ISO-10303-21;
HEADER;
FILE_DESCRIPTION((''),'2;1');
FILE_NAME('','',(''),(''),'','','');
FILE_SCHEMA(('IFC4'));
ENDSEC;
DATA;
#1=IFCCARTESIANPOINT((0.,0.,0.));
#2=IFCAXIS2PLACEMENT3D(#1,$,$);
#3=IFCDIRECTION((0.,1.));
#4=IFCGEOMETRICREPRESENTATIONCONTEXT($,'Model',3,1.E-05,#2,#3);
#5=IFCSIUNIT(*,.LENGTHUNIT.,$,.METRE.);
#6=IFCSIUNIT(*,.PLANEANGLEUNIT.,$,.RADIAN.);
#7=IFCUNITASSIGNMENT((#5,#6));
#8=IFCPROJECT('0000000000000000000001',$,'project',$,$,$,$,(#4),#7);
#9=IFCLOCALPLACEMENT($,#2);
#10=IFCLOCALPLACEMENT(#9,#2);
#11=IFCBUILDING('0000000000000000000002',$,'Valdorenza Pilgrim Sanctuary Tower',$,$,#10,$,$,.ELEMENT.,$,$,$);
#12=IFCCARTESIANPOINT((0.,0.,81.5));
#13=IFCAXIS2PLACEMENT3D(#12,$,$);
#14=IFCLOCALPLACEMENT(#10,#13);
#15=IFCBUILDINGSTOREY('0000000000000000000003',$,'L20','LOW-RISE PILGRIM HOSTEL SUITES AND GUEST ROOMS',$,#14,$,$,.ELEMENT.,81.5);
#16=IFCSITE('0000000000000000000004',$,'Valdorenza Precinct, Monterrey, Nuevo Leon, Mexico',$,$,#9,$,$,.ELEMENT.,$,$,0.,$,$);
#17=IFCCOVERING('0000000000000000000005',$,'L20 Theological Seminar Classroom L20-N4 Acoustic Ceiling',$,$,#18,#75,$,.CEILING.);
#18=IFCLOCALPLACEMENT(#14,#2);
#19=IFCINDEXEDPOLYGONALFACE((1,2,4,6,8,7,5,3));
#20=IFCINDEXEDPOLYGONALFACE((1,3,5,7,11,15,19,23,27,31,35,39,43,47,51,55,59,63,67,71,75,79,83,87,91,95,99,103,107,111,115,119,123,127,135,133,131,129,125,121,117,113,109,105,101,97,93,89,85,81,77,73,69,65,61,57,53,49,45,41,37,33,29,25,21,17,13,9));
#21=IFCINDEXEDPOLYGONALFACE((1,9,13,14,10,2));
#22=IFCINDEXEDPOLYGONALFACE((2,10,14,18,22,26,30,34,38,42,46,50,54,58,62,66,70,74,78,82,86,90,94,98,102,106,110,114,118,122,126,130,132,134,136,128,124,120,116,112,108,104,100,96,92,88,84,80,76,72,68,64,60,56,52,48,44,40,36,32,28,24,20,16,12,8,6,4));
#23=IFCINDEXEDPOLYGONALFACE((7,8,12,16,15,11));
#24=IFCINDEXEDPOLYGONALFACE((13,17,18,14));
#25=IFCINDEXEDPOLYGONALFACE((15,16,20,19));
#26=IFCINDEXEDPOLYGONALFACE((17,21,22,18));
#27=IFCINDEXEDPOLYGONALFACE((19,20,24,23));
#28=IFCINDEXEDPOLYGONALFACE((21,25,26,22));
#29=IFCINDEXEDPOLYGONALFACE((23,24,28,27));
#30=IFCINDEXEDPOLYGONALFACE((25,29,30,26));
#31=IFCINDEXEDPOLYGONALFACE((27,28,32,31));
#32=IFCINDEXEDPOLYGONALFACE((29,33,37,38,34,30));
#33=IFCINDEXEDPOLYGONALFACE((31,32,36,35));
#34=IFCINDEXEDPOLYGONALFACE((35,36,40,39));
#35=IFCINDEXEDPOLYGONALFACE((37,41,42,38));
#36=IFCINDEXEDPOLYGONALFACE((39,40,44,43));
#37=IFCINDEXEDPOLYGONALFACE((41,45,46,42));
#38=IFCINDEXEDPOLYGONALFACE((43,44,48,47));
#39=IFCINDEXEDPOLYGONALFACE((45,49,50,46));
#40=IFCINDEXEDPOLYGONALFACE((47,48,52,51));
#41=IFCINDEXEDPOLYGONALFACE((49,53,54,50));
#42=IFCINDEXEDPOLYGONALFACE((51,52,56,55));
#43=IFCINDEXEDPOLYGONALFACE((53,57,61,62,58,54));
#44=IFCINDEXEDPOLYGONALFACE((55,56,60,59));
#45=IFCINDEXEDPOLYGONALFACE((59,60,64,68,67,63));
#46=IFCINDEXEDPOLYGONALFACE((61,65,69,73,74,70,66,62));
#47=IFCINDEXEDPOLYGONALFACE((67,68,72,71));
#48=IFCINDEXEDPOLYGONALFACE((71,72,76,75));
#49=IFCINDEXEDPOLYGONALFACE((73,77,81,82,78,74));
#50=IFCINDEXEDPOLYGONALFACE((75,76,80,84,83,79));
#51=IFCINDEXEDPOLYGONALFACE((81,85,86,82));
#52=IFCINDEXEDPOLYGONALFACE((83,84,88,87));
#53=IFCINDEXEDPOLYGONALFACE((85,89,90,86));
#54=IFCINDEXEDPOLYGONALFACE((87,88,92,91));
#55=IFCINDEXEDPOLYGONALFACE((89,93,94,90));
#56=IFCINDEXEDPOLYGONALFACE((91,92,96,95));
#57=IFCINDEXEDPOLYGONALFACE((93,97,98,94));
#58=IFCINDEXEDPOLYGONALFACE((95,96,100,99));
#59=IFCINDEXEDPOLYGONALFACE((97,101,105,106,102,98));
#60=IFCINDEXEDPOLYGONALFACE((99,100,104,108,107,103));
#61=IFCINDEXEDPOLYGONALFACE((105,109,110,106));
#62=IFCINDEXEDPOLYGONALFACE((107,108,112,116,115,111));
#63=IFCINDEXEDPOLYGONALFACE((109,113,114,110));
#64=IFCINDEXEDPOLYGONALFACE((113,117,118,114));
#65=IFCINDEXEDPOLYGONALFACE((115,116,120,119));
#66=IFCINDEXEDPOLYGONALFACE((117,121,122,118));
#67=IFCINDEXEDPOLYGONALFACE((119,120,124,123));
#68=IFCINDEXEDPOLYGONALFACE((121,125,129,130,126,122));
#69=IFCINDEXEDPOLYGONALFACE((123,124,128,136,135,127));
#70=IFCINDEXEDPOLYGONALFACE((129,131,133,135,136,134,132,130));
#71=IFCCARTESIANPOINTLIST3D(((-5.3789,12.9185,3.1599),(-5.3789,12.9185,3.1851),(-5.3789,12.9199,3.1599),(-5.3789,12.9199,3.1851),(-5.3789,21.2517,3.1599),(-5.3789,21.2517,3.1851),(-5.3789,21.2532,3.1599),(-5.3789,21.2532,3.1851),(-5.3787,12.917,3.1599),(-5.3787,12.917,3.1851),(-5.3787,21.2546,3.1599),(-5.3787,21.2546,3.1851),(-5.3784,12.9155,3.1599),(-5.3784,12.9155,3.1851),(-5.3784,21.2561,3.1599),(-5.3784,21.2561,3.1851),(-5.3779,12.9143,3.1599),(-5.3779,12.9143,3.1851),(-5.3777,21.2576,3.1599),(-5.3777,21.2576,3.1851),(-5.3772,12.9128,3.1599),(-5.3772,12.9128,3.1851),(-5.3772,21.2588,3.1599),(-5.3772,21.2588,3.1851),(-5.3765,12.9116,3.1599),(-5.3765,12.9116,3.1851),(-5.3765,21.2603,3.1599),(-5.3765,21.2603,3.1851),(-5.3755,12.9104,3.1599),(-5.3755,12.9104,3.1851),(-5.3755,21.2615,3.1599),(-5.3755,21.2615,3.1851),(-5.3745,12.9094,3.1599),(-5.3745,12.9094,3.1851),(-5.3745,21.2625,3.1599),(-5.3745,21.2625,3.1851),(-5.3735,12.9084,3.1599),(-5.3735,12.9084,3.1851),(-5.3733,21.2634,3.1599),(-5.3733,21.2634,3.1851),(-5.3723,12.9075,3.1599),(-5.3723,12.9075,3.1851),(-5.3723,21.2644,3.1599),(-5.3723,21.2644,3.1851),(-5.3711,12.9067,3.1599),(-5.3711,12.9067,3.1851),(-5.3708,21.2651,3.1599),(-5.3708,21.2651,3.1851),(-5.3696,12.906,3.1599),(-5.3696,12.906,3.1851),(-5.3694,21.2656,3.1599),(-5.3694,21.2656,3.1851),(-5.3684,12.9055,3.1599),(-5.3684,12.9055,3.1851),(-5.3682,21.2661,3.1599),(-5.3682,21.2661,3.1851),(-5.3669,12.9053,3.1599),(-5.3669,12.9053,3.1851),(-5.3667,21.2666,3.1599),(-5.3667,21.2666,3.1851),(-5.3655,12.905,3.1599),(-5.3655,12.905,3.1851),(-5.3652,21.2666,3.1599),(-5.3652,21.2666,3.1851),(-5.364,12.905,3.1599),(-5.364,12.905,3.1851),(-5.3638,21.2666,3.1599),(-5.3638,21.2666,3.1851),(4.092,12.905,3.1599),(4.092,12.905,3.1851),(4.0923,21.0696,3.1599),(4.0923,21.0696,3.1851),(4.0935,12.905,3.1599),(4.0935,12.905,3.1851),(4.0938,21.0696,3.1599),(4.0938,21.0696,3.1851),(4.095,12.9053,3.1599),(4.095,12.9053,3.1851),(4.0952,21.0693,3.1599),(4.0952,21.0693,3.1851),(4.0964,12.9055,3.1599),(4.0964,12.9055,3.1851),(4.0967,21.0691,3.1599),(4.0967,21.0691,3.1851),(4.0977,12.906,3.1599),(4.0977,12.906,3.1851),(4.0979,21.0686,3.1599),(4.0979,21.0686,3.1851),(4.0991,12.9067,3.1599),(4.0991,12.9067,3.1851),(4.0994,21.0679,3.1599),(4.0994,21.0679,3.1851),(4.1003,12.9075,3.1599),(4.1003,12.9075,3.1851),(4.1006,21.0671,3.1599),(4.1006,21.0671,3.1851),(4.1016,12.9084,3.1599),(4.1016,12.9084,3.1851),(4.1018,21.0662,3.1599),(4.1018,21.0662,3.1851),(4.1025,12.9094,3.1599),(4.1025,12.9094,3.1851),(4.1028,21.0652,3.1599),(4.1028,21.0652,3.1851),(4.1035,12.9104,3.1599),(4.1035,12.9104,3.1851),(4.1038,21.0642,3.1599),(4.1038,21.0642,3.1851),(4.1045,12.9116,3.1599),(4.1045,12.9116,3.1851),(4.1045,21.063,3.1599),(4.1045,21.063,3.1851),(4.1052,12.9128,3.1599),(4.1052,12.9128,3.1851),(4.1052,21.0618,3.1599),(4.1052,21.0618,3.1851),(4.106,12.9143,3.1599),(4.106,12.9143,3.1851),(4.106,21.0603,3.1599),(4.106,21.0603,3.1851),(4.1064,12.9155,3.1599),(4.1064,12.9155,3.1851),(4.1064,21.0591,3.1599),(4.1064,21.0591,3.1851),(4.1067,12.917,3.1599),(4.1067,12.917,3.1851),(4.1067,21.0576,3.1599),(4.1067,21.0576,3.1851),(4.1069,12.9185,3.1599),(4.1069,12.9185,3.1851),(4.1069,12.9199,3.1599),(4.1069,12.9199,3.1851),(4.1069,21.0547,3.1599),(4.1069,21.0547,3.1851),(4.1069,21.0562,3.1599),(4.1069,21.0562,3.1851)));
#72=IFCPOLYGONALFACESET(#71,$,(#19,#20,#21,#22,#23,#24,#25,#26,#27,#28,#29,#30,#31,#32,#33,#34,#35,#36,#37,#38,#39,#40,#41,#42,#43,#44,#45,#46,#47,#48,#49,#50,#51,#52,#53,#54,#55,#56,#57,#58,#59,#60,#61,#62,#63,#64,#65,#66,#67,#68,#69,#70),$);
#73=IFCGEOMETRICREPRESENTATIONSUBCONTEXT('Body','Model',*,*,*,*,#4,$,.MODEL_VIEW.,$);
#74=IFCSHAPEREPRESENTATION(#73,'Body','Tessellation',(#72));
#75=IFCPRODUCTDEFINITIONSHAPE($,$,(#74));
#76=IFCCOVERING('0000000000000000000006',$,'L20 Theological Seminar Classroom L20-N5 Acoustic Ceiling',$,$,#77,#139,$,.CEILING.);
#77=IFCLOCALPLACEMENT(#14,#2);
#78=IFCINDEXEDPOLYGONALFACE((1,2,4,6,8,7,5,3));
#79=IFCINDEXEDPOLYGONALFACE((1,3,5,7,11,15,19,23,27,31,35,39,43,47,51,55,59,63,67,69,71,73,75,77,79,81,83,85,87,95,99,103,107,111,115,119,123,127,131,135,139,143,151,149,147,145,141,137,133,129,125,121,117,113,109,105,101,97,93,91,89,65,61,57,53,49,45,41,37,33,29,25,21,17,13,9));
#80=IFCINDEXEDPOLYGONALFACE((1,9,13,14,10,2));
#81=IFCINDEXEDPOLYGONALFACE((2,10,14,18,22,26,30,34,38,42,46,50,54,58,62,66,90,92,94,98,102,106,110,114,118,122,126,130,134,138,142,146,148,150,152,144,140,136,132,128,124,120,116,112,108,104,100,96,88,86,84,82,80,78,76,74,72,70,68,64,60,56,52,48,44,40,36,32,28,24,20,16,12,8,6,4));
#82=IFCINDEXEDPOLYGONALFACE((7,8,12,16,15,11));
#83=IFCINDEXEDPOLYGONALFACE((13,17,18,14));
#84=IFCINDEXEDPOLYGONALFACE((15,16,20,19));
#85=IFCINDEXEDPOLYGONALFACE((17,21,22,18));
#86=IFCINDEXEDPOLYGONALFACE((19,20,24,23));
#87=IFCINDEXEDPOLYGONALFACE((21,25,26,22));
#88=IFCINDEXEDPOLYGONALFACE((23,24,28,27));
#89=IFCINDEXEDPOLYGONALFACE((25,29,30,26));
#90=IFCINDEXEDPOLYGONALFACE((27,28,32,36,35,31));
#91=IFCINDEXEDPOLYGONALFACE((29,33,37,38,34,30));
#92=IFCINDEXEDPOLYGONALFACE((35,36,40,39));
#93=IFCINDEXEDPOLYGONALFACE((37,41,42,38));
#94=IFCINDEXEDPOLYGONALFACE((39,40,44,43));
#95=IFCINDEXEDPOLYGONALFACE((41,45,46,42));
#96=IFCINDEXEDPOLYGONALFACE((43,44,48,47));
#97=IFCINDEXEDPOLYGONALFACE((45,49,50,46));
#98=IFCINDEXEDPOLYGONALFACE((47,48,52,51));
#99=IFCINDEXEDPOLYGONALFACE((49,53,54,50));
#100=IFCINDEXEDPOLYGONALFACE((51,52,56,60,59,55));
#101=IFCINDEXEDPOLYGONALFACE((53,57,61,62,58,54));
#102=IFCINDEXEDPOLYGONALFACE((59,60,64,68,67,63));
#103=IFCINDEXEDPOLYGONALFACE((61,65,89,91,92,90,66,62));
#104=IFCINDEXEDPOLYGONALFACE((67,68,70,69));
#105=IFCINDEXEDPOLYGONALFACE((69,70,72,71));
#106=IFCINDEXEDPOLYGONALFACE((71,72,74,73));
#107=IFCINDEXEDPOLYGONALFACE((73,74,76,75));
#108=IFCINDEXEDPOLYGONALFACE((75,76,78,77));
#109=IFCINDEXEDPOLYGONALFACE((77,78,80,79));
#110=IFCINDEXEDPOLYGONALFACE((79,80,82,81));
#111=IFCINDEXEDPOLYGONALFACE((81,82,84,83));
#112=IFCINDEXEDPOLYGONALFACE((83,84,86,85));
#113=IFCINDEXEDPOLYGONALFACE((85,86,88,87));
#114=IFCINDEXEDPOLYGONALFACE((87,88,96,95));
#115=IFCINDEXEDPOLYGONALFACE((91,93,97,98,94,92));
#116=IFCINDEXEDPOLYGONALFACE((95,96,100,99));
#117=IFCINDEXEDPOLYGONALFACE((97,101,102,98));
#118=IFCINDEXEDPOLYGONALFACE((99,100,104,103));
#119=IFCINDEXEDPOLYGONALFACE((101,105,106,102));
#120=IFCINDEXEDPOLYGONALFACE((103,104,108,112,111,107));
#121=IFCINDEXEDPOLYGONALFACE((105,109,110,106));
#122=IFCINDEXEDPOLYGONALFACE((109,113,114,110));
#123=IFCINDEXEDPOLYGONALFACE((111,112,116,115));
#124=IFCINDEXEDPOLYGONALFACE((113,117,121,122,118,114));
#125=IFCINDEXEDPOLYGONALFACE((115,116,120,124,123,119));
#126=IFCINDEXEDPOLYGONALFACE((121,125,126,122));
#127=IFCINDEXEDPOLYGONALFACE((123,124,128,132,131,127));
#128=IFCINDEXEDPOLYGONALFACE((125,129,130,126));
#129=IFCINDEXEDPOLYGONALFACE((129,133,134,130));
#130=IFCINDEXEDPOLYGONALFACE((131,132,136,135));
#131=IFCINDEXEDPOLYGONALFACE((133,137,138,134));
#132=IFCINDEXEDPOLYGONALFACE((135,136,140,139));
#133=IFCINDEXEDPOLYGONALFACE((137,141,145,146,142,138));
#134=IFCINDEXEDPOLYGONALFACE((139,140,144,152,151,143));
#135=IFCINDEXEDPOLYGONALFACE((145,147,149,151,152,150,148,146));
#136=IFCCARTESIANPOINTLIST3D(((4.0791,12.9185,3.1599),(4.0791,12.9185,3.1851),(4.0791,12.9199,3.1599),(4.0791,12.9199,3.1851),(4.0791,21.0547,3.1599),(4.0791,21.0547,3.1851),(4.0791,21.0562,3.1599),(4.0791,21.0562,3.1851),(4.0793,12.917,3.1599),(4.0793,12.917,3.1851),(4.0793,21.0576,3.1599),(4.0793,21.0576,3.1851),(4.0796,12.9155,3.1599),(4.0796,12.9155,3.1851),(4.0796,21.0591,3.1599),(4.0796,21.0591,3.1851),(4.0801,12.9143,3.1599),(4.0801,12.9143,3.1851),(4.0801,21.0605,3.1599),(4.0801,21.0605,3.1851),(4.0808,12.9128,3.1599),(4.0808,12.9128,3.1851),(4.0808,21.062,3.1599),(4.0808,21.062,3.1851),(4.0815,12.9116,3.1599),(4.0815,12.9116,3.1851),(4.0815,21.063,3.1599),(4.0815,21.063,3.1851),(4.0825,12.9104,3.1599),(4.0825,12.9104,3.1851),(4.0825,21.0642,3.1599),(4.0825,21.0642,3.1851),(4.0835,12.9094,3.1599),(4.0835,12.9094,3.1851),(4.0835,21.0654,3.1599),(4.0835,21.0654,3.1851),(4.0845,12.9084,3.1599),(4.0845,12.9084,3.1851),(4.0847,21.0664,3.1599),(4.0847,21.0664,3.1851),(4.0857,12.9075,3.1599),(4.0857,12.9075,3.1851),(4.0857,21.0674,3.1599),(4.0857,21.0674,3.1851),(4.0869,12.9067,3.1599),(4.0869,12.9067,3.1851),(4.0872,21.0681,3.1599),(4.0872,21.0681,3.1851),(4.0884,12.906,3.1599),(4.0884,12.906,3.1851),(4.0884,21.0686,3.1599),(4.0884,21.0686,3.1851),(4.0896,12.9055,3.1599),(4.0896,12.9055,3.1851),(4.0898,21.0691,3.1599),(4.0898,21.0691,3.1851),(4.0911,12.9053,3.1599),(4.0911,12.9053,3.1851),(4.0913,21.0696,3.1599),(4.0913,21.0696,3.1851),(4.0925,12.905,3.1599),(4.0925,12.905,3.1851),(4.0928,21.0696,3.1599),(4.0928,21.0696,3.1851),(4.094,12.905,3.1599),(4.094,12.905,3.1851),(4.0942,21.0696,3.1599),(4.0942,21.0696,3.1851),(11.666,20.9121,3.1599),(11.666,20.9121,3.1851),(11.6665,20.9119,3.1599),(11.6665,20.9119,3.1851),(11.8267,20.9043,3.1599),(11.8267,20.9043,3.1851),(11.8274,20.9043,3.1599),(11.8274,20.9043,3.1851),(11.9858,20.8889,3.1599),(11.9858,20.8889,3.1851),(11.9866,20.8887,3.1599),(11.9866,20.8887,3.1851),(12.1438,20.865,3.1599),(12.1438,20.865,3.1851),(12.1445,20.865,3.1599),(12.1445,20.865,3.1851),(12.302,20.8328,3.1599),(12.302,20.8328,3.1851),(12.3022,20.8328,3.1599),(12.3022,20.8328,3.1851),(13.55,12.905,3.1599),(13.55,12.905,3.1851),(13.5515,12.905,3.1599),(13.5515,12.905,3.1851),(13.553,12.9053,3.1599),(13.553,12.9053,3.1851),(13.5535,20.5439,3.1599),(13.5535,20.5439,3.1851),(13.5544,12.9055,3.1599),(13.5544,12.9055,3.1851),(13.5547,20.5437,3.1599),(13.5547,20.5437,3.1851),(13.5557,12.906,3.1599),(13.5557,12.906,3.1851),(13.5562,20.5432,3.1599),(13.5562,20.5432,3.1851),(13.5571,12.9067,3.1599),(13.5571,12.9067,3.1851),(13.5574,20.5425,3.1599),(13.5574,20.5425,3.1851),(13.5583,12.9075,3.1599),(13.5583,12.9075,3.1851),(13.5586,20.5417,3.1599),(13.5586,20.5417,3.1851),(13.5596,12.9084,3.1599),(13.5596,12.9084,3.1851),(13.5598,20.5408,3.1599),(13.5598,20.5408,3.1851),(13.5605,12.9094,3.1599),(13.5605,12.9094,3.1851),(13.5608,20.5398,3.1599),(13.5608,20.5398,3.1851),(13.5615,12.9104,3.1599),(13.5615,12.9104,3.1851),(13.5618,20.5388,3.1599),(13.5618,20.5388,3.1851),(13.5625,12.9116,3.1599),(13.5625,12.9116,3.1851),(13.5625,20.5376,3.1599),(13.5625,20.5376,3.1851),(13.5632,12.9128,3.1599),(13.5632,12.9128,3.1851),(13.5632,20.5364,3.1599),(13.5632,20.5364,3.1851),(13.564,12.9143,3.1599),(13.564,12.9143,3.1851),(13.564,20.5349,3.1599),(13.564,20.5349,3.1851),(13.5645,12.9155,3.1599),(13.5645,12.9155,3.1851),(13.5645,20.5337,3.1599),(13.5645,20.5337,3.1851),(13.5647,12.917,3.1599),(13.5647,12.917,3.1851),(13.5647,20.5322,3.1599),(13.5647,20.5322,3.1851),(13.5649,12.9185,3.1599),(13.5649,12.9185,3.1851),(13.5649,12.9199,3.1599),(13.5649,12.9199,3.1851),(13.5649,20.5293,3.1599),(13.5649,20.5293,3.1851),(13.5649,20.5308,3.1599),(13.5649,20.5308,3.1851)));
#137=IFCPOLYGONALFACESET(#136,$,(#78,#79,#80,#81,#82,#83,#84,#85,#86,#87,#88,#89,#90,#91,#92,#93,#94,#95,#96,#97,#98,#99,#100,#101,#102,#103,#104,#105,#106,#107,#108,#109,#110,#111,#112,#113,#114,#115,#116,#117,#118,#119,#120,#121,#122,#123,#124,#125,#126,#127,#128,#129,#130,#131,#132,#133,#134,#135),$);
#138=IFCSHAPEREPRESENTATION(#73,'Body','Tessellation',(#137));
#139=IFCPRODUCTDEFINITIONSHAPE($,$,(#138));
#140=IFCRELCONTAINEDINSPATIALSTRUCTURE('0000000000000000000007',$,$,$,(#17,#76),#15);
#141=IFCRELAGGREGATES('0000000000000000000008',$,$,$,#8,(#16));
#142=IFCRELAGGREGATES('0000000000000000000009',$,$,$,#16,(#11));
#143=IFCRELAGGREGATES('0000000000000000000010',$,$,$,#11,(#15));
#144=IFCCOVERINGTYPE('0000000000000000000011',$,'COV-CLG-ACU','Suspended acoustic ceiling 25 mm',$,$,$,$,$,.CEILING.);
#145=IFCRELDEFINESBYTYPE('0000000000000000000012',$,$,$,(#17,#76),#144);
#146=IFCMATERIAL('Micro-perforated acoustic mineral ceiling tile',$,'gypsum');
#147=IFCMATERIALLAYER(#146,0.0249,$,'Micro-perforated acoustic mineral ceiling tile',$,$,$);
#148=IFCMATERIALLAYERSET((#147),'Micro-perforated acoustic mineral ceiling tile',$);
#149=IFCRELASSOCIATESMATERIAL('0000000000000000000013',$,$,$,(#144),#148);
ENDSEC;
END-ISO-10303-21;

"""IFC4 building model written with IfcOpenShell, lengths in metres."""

from ifc_helpers import new_model, si_unit, direction, frame, origin, place, context, subcontext, project, spatial, polyline, outline, extrude, material, layer, layer_set, type_object, element, save


model = new_model("IFC4")

# Units and contexts
model_context = context("Model", 3, precision=1e-05, world=origin(), true_north=direction((0.0, 1.0)))
body_context = subcontext(model_context, "Body", "Model", "MODEL_VIEW")
ifc_project = project(units=[si_unit("LENGTHUNIT", "METRE"), si_unit("PLANEANGLEUNIT", "RADIAN")], contexts=[model_context])

# Site, building, storey
site_placement = place(None, origin())
site = spatial("IfcSite", under=ifc_project, at=site_placement, Name="Valdorenza Precinct, Monterrey, Nuevo Leon, Mexico", CompositionType="ELEMENT", RefElevation=0.0)
building_placement = place(site_placement, origin())
building = spatial("IfcBuilding", under=site, at=building_placement, Name="Valdorenza Pilgrim Sanctuary Tower", CompositionType="ELEMENT")
storey_placement = place(building_placement, frame((0.0, 0.0, 81.5)))
storey = spatial("IfcBuildingStorey", under=building, at=storey_placement, Name="L20", Description="LOW-RISE PILGRIM HOSTEL SUITES AND GUEST ROOMS", CompositionType="ELEMENT", Elevation=81.5)

# Coverings
ifc_material_1 = material(Name="Micro-perforated acoustic mineral ceiling tile", Category="gypsum")
ifc_layer_1 = layer(ifc_material_1, 0.0249, Name="Micro-perforated acoustic mineral ceiling tile")
ifc_layer_set_1 = layer_set([ifc_layer_1], Name="Micro-perforated acoustic mineral ceiling tile")
covering_type_1 = type_object("IfcCoveringType", Name="COV-CLG-ACU", Description="Suspended acoustic ceiling 25 mm", PredefinedType="CEILING", material=ifc_layer_set_1)
covering_1_placement = place(storey_placement, frame((0.0, 0.0, 3.1599)))
element("IfcCovering", 1, at=covering_1_placement, inside=storey, type_object=covering_type_1, Name="L20 Theological Seminar Classroom L20-N4 Acoustic Ceiling", PredefinedType="CEILING", context=body_context, shape_type="SweptSolid", body=[
    extrude(outline(polyline([(-5.364, 12.905), (-5.3655, 12.905), (-5.3669, 12.9053), (-5.3684, 12.9055), (-5.3696, 12.906), (-5.3711, 12.9067), (-5.3723, 12.9075), (-5.3735, 12.9084), (-5.3745, 12.9094), (-5.3755, 12.9104), (-5.3765, 12.9116), (-5.3772, 12.9128), (-5.3779, 12.9143), (-5.3784, 12.9155), (-5.3787, 12.917), (-5.3789, 12.9185), (-5.3789, 12.9199), (-5.3789, 21.2517), (-5.3789, 21.2532), (-5.3787, 21.2546), (-5.3784, 21.2561), (-5.3777, 21.2576), (-5.3772, 21.2588), (-5.3765, 21.2603), (-5.3755, 21.2615), (-5.3745, 21.2625), (-5.3733, 21.2634), (-5.3723, 21.2644), (-5.3708, 21.2651), (-5.3694, 21.2656), (-5.3682, 21.2661), (-5.3667, 21.2666), (-5.3652, 21.2666), (-5.3638, 21.2666), (4.0923, 21.0696), (4.0938, 21.0696), (4.0952, 21.0693), (4.0967, 21.0691), (4.0979, 21.0686), (4.0994, 21.0679), (4.1006, 21.0671), (4.1018, 21.0662), (4.1028, 21.0652), (4.1038, 21.0642), (4.1045, 21.063), (4.1052, 21.0618), (4.106, 21.0603), (4.1064, 21.0591), (4.1067, 21.0576), (4.1069, 21.0562), (4.1069, 21.0547), (4.1069, 12.9199), (4.1069, 12.9185), (4.1067, 12.917), (4.1064, 12.9155), (4.106, 12.9143), (4.1052, 12.9128), (4.1045, 12.9116), (4.1035, 12.9104), (4.1025, 12.9094), (4.1016, 12.9084), (4.1003, 12.9075), (4.0991, 12.9067), (4.0977, 12.906), (4.0964, 12.9055), (4.095, 12.9053), (4.0935, 12.905), (4.092, 12.905), (-5.364, 12.905)])), origin(), (0.0, 0.0, 1.0), 0.0251),
])
covering_2_placement = place(storey_placement, frame((0.0, 0.0, 3.1599)))
element("IfcCovering", 2, at=covering_2_placement, inside=storey, type_object=covering_type_1, Name="L20 Theological Seminar Classroom L20-N5 Acoustic Ceiling", PredefinedType="CEILING", context=body_context, shape_type="SweptSolid", body=[
    extrude(outline(polyline([(4.094, 12.905), (4.0925, 12.905), (4.0911, 12.9053), (4.0896, 12.9055), (4.0884, 12.906), (4.0869, 12.9067), (4.0857, 12.9075), (4.0845, 12.9084), (4.0835, 12.9094), (4.0825, 12.9104), (4.0815, 12.9116), (4.0808, 12.9128), (4.0801, 12.9143), (4.0796, 12.9155), (4.0793, 12.917), (4.0791, 12.9185), (4.0791, 12.9199), (4.0791, 21.0547), (4.0791, 21.0562), (4.0793, 21.0576), (4.0796, 21.0591), (4.0801, 21.0605), (4.0808, 21.062), (4.0815, 21.063), (4.0825, 21.0642), (4.0835, 21.0654), (4.0847, 21.0664), (4.0857, 21.0674), (4.0872, 21.0681), (4.0884, 21.0686), (4.0898, 21.0691), (4.0913, 21.0696), (4.0928, 21.0696), (4.0942, 21.0696), (11.666, 20.9121), (11.6665, 20.9119), (11.8267, 20.9043), (11.8274, 20.9043), (11.9858, 20.8889), (11.9866, 20.8887), (12.1438, 20.865), (12.1445, 20.865), (12.302, 20.8328), (12.3022, 20.8328), (13.5535, 20.5439), (13.5547, 20.5437), (13.5562, 20.5432), (13.5574, 20.5425), (13.5586, 20.5417), (13.5598, 20.5408), (13.5608, 20.5398), (13.5618, 20.5388), (13.5625, 20.5376), (13.5632, 20.5364), (13.564, 20.5349), (13.5645, 20.5337), (13.5647, 20.5322), (13.5649, 20.5308), (13.5649, 20.5293), (13.5649, 12.9199), (13.5649, 12.9185), (13.5647, 12.917), (13.5645, 12.9155), (13.564, 12.9143), (13.5632, 12.9128), (13.5625, 12.9116), (13.5615, 12.9104), (13.5605, 12.9094), (13.5596, 12.9084), (13.5583, 12.9075), (13.5571, 12.9067), (13.5557, 12.906), (13.5544, 12.9055), (13.553, 12.9053), (13.5515, 12.905), (13.55, 12.905), (4.094, 12.905)])), origin(), (0.0, 0.0, 1.0), 0.0251),
])

save(model, "model.ifc")
